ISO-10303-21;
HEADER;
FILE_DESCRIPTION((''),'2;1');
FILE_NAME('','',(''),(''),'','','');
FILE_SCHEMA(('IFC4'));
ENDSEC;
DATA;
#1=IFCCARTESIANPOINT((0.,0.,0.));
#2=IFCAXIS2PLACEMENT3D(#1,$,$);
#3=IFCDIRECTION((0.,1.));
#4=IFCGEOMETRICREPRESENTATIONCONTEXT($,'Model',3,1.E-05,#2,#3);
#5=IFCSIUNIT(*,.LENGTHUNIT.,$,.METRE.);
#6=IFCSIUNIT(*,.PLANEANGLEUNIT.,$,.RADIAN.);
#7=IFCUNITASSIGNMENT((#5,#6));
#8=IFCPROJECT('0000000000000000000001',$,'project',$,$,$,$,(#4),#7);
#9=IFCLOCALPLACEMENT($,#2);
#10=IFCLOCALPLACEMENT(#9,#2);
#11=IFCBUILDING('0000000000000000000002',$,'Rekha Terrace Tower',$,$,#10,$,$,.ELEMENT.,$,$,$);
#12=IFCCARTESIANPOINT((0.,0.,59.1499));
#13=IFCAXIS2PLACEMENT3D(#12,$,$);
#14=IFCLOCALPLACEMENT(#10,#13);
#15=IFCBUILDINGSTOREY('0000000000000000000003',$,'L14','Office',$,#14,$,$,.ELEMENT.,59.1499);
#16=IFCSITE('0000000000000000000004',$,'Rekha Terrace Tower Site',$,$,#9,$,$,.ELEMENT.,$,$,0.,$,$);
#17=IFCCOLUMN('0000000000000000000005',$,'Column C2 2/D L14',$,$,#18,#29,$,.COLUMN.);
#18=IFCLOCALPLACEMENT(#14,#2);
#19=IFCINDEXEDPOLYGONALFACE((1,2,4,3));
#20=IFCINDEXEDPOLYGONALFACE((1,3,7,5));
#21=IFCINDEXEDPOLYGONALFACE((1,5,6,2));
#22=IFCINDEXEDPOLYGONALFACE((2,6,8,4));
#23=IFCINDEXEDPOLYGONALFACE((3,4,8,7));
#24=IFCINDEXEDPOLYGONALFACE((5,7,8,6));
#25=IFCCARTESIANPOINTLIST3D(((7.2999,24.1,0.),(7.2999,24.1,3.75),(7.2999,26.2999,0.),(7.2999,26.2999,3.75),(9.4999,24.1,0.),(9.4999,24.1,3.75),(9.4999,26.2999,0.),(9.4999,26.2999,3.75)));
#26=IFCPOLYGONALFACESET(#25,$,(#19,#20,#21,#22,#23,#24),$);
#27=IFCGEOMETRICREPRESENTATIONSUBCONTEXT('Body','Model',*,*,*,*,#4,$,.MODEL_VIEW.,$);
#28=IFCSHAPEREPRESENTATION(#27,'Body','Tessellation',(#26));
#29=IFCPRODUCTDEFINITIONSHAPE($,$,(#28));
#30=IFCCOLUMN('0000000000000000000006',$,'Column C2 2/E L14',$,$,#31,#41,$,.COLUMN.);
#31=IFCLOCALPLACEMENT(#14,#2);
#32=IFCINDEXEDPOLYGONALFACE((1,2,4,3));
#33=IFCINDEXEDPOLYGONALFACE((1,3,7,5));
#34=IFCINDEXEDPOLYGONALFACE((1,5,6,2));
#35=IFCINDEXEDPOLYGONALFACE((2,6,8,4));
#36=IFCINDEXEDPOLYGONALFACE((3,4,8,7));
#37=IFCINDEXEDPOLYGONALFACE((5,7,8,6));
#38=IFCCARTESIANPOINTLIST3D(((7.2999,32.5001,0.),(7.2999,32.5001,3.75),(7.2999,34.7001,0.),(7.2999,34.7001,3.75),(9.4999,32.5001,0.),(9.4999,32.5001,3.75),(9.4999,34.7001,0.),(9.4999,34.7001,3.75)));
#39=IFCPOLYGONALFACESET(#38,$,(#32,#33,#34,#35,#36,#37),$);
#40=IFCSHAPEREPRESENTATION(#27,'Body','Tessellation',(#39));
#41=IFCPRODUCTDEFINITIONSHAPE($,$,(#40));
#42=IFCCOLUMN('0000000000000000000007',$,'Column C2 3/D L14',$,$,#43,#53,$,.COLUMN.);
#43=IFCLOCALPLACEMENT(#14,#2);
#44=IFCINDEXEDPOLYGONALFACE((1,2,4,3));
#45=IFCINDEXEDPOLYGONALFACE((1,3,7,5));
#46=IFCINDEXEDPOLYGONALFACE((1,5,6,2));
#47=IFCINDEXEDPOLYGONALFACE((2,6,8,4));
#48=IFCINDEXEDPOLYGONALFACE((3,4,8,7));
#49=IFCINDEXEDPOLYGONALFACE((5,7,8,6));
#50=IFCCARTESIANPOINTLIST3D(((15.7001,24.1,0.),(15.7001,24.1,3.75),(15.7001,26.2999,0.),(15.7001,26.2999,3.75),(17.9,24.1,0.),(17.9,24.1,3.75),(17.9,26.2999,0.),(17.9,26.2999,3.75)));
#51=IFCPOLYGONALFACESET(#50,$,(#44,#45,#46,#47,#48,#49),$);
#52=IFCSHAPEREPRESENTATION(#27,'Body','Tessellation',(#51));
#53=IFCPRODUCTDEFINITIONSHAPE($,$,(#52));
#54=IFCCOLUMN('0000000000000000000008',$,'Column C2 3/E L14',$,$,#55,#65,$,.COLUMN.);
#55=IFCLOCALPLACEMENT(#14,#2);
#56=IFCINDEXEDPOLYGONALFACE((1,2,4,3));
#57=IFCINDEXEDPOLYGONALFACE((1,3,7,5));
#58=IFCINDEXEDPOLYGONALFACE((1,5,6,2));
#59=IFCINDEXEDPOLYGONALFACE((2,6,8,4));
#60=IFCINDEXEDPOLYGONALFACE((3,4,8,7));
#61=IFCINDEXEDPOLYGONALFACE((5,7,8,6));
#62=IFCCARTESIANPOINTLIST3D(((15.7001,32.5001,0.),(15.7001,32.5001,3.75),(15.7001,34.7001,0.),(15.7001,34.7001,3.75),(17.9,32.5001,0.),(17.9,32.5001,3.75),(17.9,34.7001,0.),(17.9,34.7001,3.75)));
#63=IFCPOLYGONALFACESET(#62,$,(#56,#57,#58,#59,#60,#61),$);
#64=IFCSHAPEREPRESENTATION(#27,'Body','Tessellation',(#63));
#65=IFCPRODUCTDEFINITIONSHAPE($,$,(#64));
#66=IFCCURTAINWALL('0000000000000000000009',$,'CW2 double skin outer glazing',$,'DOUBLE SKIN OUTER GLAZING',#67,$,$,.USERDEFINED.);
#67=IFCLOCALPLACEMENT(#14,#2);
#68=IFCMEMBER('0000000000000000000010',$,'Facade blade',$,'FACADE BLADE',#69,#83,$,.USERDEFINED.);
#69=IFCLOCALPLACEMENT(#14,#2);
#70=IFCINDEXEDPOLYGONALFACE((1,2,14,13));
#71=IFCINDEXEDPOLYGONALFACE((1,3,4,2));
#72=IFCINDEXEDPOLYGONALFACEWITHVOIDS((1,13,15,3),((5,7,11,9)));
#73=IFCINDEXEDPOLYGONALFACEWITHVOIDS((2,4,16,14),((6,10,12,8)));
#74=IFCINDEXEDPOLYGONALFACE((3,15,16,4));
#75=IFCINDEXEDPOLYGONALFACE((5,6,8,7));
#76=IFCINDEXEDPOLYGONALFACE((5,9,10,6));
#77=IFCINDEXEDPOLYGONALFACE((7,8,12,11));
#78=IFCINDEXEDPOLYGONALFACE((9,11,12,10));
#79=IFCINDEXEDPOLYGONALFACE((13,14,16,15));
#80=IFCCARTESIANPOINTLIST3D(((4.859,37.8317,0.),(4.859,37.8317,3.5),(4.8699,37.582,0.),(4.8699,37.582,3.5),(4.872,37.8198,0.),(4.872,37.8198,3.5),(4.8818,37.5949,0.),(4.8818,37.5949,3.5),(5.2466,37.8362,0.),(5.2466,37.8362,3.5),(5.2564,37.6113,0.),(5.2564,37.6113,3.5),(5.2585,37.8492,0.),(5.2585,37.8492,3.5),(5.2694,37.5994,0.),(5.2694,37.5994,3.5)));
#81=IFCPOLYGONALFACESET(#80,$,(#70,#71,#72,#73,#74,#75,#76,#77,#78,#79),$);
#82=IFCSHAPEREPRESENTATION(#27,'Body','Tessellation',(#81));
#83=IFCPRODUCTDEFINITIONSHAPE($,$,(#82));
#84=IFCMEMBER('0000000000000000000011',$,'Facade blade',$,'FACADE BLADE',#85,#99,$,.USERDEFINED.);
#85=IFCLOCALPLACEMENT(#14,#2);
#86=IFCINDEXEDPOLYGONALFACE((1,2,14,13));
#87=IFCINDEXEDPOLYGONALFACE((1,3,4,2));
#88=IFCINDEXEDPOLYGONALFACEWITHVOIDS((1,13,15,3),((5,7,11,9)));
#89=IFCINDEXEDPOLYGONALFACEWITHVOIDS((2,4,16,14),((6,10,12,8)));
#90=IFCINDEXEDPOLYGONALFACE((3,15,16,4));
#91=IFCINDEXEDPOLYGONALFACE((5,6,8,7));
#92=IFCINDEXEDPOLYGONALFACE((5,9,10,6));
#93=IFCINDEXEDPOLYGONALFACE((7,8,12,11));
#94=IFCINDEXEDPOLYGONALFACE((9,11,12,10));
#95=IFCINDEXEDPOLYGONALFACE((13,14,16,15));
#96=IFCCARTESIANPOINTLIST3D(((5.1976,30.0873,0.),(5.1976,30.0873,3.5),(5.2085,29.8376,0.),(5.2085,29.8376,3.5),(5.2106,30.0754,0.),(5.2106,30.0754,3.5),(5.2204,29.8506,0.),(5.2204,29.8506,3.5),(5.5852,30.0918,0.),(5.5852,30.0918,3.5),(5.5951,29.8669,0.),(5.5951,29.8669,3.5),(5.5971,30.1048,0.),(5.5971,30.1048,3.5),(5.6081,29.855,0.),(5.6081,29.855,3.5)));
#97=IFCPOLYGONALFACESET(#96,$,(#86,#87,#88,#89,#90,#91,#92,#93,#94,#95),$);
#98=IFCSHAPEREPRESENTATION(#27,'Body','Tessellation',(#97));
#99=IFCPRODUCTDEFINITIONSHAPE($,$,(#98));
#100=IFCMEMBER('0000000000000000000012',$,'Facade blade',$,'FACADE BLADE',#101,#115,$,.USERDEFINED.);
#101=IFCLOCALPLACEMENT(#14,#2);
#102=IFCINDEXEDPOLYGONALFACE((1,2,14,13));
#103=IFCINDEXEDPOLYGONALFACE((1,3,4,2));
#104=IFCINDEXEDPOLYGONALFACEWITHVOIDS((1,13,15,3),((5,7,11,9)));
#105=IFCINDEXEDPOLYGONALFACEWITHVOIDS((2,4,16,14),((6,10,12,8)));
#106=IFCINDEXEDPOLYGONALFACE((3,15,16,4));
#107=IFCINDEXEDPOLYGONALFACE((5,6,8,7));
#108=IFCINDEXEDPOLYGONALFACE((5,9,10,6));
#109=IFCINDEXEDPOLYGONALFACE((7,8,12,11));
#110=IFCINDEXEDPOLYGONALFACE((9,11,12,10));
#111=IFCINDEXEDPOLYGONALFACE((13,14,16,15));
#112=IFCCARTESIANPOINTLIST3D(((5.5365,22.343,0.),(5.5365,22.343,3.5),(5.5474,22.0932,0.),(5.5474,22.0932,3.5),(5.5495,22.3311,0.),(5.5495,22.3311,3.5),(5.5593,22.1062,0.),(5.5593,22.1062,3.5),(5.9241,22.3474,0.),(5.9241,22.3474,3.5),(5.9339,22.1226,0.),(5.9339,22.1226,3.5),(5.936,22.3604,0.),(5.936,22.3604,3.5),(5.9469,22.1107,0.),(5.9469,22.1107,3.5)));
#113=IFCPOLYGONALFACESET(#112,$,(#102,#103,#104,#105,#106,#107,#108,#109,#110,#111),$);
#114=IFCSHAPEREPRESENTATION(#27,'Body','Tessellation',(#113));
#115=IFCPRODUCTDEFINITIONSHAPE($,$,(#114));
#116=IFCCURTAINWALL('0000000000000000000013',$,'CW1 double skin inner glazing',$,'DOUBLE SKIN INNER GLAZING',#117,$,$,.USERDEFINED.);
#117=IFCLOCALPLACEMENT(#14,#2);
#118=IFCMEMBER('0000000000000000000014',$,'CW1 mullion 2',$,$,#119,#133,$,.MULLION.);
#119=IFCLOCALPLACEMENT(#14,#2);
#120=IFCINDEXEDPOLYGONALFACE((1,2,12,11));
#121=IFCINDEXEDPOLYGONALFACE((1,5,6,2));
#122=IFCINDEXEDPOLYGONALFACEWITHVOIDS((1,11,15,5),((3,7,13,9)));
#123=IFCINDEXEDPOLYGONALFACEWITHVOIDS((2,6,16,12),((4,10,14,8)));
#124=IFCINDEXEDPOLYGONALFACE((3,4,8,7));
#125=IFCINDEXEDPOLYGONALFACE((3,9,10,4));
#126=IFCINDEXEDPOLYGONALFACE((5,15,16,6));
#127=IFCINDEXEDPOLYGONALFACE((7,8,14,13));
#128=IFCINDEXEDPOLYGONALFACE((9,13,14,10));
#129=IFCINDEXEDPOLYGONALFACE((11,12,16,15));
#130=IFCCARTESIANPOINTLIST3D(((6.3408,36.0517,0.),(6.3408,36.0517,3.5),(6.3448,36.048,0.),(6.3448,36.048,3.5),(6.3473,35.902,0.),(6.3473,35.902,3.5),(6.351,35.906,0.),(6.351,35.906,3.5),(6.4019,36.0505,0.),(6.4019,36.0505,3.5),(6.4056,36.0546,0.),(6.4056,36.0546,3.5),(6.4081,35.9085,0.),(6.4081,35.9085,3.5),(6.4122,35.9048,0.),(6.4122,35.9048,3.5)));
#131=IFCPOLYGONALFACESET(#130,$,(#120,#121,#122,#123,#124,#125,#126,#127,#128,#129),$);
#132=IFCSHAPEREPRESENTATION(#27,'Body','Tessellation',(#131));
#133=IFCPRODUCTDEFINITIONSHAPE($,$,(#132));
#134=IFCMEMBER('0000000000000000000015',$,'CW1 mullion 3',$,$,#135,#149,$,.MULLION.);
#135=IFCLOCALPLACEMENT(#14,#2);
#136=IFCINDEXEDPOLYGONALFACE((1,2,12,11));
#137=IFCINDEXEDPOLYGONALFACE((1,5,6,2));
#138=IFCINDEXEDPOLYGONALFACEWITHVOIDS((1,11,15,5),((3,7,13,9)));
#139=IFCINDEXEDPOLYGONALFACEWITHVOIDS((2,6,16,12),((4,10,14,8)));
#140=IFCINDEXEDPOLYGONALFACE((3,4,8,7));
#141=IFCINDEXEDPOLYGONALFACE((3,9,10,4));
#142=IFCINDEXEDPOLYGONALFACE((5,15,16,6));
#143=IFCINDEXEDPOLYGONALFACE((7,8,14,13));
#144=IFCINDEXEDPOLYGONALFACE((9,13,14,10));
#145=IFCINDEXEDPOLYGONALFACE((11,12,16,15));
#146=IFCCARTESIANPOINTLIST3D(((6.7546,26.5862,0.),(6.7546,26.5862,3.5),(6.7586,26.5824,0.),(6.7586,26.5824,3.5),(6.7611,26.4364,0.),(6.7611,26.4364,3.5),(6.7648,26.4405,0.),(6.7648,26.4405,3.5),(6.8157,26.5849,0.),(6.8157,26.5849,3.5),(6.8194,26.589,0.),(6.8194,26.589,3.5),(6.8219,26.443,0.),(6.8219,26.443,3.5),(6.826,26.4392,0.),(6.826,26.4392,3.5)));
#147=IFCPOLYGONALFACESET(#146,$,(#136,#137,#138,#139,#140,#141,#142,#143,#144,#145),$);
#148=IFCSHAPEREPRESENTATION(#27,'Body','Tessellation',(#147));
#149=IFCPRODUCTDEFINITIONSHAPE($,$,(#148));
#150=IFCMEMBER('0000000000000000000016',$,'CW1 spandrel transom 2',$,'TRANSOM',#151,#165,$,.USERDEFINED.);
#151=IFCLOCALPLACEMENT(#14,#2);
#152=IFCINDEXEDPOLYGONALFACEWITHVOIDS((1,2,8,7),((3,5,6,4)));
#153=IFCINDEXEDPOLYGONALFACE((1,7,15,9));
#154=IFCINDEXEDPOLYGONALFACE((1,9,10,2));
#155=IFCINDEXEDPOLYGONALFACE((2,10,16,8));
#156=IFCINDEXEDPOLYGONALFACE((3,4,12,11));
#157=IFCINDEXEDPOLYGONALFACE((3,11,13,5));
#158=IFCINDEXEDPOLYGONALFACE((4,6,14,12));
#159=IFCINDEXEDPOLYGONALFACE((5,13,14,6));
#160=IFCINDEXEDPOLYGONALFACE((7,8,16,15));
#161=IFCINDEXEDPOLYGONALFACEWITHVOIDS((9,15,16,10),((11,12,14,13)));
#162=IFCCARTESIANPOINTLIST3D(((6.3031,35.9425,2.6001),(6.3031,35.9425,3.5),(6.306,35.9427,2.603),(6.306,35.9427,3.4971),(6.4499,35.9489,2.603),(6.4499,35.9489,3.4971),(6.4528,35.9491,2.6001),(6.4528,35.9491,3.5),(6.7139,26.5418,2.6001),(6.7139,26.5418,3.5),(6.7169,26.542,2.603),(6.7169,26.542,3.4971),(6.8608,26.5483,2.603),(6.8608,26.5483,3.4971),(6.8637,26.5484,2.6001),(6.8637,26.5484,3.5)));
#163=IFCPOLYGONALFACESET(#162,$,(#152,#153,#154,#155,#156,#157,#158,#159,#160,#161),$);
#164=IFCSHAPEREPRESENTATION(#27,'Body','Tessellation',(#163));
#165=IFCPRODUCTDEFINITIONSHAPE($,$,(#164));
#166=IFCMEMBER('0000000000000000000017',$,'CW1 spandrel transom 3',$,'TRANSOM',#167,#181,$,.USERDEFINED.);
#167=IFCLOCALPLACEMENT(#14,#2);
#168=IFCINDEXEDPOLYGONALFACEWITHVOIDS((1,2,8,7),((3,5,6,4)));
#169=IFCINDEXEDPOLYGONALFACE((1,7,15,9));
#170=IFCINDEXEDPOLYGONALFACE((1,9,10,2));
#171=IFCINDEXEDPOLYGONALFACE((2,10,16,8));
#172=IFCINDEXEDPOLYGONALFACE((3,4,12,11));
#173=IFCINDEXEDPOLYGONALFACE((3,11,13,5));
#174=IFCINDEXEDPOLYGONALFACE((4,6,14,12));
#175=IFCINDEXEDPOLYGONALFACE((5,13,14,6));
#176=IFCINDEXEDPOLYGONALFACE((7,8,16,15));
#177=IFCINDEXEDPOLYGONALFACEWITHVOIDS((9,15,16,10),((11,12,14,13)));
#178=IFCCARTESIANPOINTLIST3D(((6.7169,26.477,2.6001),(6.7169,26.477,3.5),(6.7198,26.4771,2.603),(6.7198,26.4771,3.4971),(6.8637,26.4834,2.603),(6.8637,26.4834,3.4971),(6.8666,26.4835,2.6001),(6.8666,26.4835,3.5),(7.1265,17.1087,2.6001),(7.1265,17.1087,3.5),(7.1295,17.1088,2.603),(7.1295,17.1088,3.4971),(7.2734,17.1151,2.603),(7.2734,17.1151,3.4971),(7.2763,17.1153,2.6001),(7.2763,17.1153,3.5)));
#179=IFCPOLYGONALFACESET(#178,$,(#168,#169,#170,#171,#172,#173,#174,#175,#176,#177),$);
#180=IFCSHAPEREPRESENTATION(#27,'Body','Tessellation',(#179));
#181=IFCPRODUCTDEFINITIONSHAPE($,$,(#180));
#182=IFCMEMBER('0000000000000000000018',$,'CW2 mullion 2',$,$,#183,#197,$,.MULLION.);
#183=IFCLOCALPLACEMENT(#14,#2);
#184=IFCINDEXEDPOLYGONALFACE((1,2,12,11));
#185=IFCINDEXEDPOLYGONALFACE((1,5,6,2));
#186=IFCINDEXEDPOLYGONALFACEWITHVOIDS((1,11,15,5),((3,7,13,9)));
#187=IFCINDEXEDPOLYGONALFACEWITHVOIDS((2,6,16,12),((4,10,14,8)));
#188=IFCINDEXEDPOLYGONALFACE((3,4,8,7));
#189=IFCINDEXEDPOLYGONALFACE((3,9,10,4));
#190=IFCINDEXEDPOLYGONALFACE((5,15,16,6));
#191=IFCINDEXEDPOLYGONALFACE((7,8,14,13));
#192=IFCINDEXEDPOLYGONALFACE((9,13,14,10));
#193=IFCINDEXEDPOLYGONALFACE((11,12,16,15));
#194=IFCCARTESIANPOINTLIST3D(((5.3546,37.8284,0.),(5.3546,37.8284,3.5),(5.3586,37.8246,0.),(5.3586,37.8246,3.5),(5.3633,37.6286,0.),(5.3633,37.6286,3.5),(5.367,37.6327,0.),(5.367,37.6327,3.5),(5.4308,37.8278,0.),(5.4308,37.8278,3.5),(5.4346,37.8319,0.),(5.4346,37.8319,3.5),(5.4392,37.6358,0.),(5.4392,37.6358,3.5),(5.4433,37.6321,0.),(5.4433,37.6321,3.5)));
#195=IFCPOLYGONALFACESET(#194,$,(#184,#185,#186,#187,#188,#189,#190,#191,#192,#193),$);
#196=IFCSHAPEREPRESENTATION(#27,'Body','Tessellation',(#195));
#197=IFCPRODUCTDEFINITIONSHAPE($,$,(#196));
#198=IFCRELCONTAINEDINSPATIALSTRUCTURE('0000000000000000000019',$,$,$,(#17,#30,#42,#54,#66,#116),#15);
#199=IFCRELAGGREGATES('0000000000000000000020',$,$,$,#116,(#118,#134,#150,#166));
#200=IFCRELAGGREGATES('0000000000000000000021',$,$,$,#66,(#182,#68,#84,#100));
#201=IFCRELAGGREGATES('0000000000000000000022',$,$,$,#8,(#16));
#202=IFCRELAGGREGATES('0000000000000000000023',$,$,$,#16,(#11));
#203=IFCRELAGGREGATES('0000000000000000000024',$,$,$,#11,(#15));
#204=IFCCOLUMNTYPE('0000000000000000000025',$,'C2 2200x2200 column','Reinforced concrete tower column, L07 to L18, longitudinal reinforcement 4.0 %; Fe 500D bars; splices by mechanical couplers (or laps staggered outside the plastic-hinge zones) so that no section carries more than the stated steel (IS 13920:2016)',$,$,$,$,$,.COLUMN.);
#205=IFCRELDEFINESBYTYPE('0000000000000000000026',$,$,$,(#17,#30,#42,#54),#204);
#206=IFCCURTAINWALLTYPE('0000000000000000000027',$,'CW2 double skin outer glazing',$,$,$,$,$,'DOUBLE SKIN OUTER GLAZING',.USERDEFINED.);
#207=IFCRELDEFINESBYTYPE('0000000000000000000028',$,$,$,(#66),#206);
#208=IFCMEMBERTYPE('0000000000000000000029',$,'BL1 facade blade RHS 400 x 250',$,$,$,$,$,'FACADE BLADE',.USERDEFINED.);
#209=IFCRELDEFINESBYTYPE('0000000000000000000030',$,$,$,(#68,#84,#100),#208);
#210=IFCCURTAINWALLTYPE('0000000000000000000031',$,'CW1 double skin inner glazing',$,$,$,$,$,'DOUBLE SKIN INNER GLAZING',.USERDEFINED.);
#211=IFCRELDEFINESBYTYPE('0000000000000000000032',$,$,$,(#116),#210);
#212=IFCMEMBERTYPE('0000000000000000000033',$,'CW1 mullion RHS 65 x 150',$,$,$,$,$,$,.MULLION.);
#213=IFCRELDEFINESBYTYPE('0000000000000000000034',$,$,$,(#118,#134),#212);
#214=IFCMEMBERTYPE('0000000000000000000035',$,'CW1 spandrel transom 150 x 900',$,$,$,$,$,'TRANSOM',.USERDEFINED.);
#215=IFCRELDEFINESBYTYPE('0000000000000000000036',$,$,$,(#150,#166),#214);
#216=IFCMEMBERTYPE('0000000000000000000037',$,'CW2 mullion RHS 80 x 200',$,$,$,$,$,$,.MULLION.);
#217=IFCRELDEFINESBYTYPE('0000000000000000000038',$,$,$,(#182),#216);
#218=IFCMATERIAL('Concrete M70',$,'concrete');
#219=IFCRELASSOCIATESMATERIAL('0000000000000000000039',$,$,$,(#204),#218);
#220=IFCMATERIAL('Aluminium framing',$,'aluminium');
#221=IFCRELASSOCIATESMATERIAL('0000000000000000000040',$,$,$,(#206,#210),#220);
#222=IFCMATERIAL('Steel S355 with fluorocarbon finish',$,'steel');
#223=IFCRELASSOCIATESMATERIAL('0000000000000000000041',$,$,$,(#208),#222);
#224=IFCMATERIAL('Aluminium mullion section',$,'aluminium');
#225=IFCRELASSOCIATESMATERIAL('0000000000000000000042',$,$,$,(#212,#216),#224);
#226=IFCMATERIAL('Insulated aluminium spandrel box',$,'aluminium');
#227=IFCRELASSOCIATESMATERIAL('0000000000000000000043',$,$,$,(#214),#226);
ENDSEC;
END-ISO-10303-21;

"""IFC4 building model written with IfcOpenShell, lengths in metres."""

from ifc_helpers import new_model, si_unit, direction, frame, origin, origin_2d, place, context, subcontext, project, spatial, rectangle, hollow_rectangle, extrude, material, material_profile, profile_set, type_object, element, aggregate, save


model = new_model("IFC4")

# Units and contexts
model_context = context("Model", 3, precision=1e-05, world=origin(), true_north=direction((0.0, 1.0)))
body_context = subcontext(model_context, "Body", "Model", "MODEL_VIEW")
ifc_project = project(units=[si_unit("LENGTHUNIT", "METRE"), si_unit("PLANEANGLEUNIT", "RADIAN")], contexts=[model_context])

# Site, building, storey
site_placement = place(None, origin())
site = spatial("IfcSite", under=ifc_project, at=site_placement, Name="Rekha Terrace Tower Site", CompositionType="ELEMENT", RefElevation=0.0)
building_placement = place(site_placement, origin())
building = spatial("IfcBuilding", under=site, at=building_placement, Name="Rekha Terrace Tower", CompositionType="ELEMENT")
storey_placement = place(building_placement, frame((0.0, 0.0, 59.1499)))
storey = spatial("IfcBuildingStorey", under=building, at=storey_placement, Name="L14", Description="Office", CompositionType="ELEMENT", Elevation=59.1499)

# Columns
ifc_material_1 = material(Name="Concrete M70", Category="concrete")
ifc_material_profile_1 = material_profile(ifc_material_1, rectangle(XDim=2.2, YDim=2.2, at=origin_2d()), Name="RC 2200x2200")
ifc_profile_set_1 = profile_set([ifc_material_profile_1], Name="Concrete M70")
column_type = type_object("IfcColumnType", Name="C2 2200x2200 column", Description="Reinforced concrete tower column, L07 to L18, longitudinal reinforcement 4.0 %; Fe 500D bars; splices by mechanical couplers (or laps staggered outside the plastic-hinge zones) so that no section carries more than the stated steel (IS 13920:2016)", PredefinedType="COLUMN", material=ifc_profile_set_1)
for number, where, z_axis, x_axis, name in (
    (1, (8.3999, 25.2, 0.0), (0.0, 0.0, 1.0), (1.0, 0.0, 0.0), "Column C2 2/D L14"),
    (2, (8.3999, 33.6001, 0.0), (0.0, 0.0, 1.0), (1.0, 0.0, 0.0), "Column C2 2/E L14"),
    (3, (16.8, 25.2, 0.0), (0.0, 0.0, 1.0), (1.0, 0.0, 0.0), "Column C2 3/D L14"),
    (4, (16.8, 33.6001, 0.0), (0.0, 0.0, 1.0), (1.0, 0.0, 0.0), "Column C2 3/E L14"),
):
    element("IfcColumn", number, at=place(storey_placement, frame(where, z_axis=z_axis, x_axis=x_axis)), inside=storey, type_object=column_type, Name=name, PredefinedType="COLUMN", context=body_context, shape_type="SweptSolid", body=[
        extrude(rectangle(XDim=2.2, YDim=2.2, at=origin_2d()), origin(), (0.0, 0.0, 1.0), 3.75),
    ])

# Curtain walls, members
ifc_material_2 = material(Name="Aluminium framing", Category="aluminium")
curtain_wall_type_1 = type_object("IfcCurtainWallType", Name="CW2 double skin outer glazing", ElementType="DOUBLE SKIN OUTER GLAZING", PredefinedType="USERDEFINED", material=ifc_material_2)
curtain_wall_1_placement = place(storey_placement, origin())
curtain_wall_1 = element("IfcCurtainWall", 5, at=curtain_wall_1_placement, inside=storey, type_object=curtain_wall_type_1, Name="CW2 double skin outer glazing", ObjectType="DOUBLE SKIN OUTER GLAZING", PredefinedType="USERDEFINED")
ifc_material_3 = material(Name="Steel S355 with fluorocarbon finish", Category="steel")
ifc_material_profile_2 = material_profile(ifc_material_3, hollow_rectangle(XDim=0.25, YDim=0.3999, WallThickness=0.0125, at=origin_2d()), Name="RHS400x250x12.5")
ifc_profile_set_2 = profile_set([ifc_material_profile_2], Name="Steel S355 with fluorocarbon finish")
member_type_1 = type_object("IfcMemberType", Name="BL1 facade blade RHS 400 x 250", ElementType="FACADE BLADE", PredefinedType="USERDEFINED", material=ifc_profile_set_2)
member_1_placement = place(storey_placement, frame((5.0642, 37.7156, 0.0), z_axis=(0.0, 0.0, 1.0), x_axis=(0.043682, -0.999045, 0.0)))
member_1 = element("IfcMember", 6, at=member_1_placement, type_object=member_type_1, Name="Facade blade", ObjectType="FACADE BLADE", PredefinedType="USERDEFINED", context=body_context, shape_type="SweptSolid", body=[
    extrude(hollow_rectangle(XDim=0.25, YDim=0.3999, WallThickness=0.0125, at=origin_2d()), origin(), (0.0, 0.0, 1.0), 3.5),
])
member_2_placement = place(storey_placement, frame((5.4028, 29.9712, 0.0), z_axis=(0.0, 0.0, 1.0), x_axis=(0.043682, -0.999045, 0.0)))
member_2 = element("IfcMember", 7, at=member_2_placement, type_object=member_type_1, Name="Facade blade", ObjectType="FACADE BLADE", PredefinedType="USERDEFINED", context=body_context, shape_type="SweptSolid", body=[
    extrude(hollow_rectangle(XDim=0.25, YDim=0.3999, WallThickness=0.0125, at=origin_2d()), origin(), (0.0, 0.0, 1.0), 3.5),
])
member_3_placement = place(storey_placement, frame((5.7417, 22.2268, 0.0), z_axis=(0.0, 0.0, 1.0), x_axis=(0.043682, -0.999045, 0.0)))
member_3 = element("IfcMember", 8, at=member_3_placement, type_object=member_type_1, Name="Facade blade", ObjectType="FACADE BLADE", PredefinedType="USERDEFINED", context=body_context, shape_type="SweptSolid", body=[
    extrude(hollow_rectangle(XDim=0.25, YDim=0.3999, WallThickness=0.0125, at=origin_2d()), origin(), (0.0, 0.0, 1.0), 3.5),
])
curtain_wall_type_2 = type_object("IfcCurtainWallType", Name="CW1 double skin inner glazing", ElementType="DOUBLE SKIN INNER GLAZING", PredefinedType="USERDEFINED", material=ifc_material_2)
curtain_wall_2_placement = place(storey_placement, origin())
curtain_wall_2 = element("IfcCurtainWall", 9, at=curtain_wall_2_placement, inside=storey, type_object=curtain_wall_type_2, Name="CW1 double skin inner glazing", ObjectType="DOUBLE SKIN INNER GLAZING", PredefinedType="USERDEFINED")
ifc_material_4 = material(Name="Aluminium mullion section", Category="aluminium")
ifc_material_profile_3 = material_profile(ifc_material_4, hollow_rectangle(XDim=0.0649, YDim=0.1499, WallThickness=0.0039, at=origin_2d()), Name="AL RHS 65x150")
ifc_profile_set_3 = profile_set([ifc_material_profile_3], Name="Aluminium mullion section")
member_type_2 = type_object("IfcMemberType", Name="CW1 mullion RHS 65 x 150", PredefinedType="MULLION", material=ifc_profile_set_3)
member_4_placement = place(storey_placement, frame((6.3765, 35.9783, 0.0), z_axis=(0.0, 0.0, 1.0), x_axis=(0.999045, 0.043683, 0.0)))
member_4 = element("IfcMember", 10, at=member_4_placement, type_object=member_type_2, Name="CW1 mullion 2", PredefinedType="MULLION", context=body_context, shape_type="SweptSolid", body=[
    extrude(hollow_rectangle(XDim=0.0649, YDim=0.1499, WallThickness=0.0039, at=origin_2d()), origin(), (0.0, 0.0, 1.0), 3.5),
])
member_5_placement = place(storey_placement, frame((6.7903, 26.5127, 0.0), z_axis=(0.0, 0.0, 1.0), x_axis=(0.999045, 0.043683, 0.0)))
member_5 = element("IfcMember", 11, at=member_5_placement, type_object=member_type_2, Name="CW1 mullion 3", PredefinedType="MULLION", context=body_context, shape_type="SweptSolid", body=[
    extrude(hollow_rectangle(XDim=0.0649, YDim=0.1499, WallThickness=0.0039, at=origin_2d()), origin(), (0.0, 0.0, 1.0), 3.5),
])
ifc_material_5 = material(Name="Insulated aluminium spandrel box", Category="aluminium")
ifc_material_profile_4 = material_profile(ifc_material_5, hollow_rectangle(XDim=0.1499, YDim=0.8999, WallThickness=0.0029, at=origin_2d()), Name="AL SPANDREL BOX 150x900")
ifc_profile_set_4 = profile_set([ifc_material_profile_4], Name="Insulated aluminium spandrel box")
member_type_3 = type_object("IfcMemberType", Name="CW1 spandrel transom 150 x 900", ElementType="TRANSOM", PredefinedType="USERDEFINED", material=ifc_profile_set_4)
member_6_placement = place(storey_placement, frame((6.3779, 35.9458, 3.05), z_axis=(0.043667, -0.999046, 0.0), x_axis=(0.999046, 0.043667, 0.0)))
member_6 = element("IfcMember", 12, at=member_6_placement, type_object=member_type_3, Name="CW1 spandrel transom 2", ObjectType="TRANSOM", PredefinedType="USERDEFINED", context=body_context, shape_type="SweptSolid", body=[
    extrude(hollow_rectangle(XDim=0.1499, YDim=0.8999, WallThickness=0.0029, at=origin_2d()), origin(), (0.0, 0.0, 1.0), 9.4097),
])
member_7_placement = place(storey_placement, frame((6.7917, 26.4802, 3.05), z_axis=(0.043688, -0.999045, 0.0), x_axis=(0.999045, 0.043688, 0.0)))
member_7 = element("IfcMember", 13, at=member_7_placement, type_object=member_type_3, Name="CW1 spandrel transom 3", ObjectType="TRANSOM", PredefinedType="USERDEFINED", context=body_context, shape_type="SweptSolid", body=[
    extrude(hollow_rectangle(XDim=0.1499, YDim=0.8999, WallThickness=0.0029, at=origin_2d()), origin(), (0.0, 0.0, 1.0), 9.3772),
])

# Member
ifc_material_profile_5 = material_profile(ifc_material_4, hollow_rectangle(XDim=0.0801, YDim=0.2, WallThickness=0.0039, at=origin_2d()), Name="AL RHS 80x200")
ifc_profile_set_5 = profile_set([ifc_material_profile_5], Name="Aluminium mullion section")
member_type_4 = type_object("IfcMemberType", Name="CW2 mullion RHS 80 x 200", PredefinedType="MULLION", material=ifc_profile_set_5)
member_8_placement = place(storey_placement, frame((5.3989, 37.7302, 0.0), z_axis=(0.0, 0.0, 1.0), x_axis=(0.999045, 0.043683, 0.0)))
member_8 = element("IfcMember", 14, at=member_8_placement, type_object=member_type_4, Name="CW2 mullion 2", PredefinedType="MULLION", context=body_context, shape_type="SweptSolid", body=[
    extrude(hollow_rectangle(XDim=0.0801, YDim=0.2, WallThickness=0.0039, at=origin_2d()), origin(), (0.0, 0.0, 1.0), 3.5),
])

aggregate(curtain_wall_2, [member_4, member_5, member_6, member_7])
aggregate(curtain_wall_1, [member_8, member_1, member_2, member_3])

save(model, "model.ifc")
